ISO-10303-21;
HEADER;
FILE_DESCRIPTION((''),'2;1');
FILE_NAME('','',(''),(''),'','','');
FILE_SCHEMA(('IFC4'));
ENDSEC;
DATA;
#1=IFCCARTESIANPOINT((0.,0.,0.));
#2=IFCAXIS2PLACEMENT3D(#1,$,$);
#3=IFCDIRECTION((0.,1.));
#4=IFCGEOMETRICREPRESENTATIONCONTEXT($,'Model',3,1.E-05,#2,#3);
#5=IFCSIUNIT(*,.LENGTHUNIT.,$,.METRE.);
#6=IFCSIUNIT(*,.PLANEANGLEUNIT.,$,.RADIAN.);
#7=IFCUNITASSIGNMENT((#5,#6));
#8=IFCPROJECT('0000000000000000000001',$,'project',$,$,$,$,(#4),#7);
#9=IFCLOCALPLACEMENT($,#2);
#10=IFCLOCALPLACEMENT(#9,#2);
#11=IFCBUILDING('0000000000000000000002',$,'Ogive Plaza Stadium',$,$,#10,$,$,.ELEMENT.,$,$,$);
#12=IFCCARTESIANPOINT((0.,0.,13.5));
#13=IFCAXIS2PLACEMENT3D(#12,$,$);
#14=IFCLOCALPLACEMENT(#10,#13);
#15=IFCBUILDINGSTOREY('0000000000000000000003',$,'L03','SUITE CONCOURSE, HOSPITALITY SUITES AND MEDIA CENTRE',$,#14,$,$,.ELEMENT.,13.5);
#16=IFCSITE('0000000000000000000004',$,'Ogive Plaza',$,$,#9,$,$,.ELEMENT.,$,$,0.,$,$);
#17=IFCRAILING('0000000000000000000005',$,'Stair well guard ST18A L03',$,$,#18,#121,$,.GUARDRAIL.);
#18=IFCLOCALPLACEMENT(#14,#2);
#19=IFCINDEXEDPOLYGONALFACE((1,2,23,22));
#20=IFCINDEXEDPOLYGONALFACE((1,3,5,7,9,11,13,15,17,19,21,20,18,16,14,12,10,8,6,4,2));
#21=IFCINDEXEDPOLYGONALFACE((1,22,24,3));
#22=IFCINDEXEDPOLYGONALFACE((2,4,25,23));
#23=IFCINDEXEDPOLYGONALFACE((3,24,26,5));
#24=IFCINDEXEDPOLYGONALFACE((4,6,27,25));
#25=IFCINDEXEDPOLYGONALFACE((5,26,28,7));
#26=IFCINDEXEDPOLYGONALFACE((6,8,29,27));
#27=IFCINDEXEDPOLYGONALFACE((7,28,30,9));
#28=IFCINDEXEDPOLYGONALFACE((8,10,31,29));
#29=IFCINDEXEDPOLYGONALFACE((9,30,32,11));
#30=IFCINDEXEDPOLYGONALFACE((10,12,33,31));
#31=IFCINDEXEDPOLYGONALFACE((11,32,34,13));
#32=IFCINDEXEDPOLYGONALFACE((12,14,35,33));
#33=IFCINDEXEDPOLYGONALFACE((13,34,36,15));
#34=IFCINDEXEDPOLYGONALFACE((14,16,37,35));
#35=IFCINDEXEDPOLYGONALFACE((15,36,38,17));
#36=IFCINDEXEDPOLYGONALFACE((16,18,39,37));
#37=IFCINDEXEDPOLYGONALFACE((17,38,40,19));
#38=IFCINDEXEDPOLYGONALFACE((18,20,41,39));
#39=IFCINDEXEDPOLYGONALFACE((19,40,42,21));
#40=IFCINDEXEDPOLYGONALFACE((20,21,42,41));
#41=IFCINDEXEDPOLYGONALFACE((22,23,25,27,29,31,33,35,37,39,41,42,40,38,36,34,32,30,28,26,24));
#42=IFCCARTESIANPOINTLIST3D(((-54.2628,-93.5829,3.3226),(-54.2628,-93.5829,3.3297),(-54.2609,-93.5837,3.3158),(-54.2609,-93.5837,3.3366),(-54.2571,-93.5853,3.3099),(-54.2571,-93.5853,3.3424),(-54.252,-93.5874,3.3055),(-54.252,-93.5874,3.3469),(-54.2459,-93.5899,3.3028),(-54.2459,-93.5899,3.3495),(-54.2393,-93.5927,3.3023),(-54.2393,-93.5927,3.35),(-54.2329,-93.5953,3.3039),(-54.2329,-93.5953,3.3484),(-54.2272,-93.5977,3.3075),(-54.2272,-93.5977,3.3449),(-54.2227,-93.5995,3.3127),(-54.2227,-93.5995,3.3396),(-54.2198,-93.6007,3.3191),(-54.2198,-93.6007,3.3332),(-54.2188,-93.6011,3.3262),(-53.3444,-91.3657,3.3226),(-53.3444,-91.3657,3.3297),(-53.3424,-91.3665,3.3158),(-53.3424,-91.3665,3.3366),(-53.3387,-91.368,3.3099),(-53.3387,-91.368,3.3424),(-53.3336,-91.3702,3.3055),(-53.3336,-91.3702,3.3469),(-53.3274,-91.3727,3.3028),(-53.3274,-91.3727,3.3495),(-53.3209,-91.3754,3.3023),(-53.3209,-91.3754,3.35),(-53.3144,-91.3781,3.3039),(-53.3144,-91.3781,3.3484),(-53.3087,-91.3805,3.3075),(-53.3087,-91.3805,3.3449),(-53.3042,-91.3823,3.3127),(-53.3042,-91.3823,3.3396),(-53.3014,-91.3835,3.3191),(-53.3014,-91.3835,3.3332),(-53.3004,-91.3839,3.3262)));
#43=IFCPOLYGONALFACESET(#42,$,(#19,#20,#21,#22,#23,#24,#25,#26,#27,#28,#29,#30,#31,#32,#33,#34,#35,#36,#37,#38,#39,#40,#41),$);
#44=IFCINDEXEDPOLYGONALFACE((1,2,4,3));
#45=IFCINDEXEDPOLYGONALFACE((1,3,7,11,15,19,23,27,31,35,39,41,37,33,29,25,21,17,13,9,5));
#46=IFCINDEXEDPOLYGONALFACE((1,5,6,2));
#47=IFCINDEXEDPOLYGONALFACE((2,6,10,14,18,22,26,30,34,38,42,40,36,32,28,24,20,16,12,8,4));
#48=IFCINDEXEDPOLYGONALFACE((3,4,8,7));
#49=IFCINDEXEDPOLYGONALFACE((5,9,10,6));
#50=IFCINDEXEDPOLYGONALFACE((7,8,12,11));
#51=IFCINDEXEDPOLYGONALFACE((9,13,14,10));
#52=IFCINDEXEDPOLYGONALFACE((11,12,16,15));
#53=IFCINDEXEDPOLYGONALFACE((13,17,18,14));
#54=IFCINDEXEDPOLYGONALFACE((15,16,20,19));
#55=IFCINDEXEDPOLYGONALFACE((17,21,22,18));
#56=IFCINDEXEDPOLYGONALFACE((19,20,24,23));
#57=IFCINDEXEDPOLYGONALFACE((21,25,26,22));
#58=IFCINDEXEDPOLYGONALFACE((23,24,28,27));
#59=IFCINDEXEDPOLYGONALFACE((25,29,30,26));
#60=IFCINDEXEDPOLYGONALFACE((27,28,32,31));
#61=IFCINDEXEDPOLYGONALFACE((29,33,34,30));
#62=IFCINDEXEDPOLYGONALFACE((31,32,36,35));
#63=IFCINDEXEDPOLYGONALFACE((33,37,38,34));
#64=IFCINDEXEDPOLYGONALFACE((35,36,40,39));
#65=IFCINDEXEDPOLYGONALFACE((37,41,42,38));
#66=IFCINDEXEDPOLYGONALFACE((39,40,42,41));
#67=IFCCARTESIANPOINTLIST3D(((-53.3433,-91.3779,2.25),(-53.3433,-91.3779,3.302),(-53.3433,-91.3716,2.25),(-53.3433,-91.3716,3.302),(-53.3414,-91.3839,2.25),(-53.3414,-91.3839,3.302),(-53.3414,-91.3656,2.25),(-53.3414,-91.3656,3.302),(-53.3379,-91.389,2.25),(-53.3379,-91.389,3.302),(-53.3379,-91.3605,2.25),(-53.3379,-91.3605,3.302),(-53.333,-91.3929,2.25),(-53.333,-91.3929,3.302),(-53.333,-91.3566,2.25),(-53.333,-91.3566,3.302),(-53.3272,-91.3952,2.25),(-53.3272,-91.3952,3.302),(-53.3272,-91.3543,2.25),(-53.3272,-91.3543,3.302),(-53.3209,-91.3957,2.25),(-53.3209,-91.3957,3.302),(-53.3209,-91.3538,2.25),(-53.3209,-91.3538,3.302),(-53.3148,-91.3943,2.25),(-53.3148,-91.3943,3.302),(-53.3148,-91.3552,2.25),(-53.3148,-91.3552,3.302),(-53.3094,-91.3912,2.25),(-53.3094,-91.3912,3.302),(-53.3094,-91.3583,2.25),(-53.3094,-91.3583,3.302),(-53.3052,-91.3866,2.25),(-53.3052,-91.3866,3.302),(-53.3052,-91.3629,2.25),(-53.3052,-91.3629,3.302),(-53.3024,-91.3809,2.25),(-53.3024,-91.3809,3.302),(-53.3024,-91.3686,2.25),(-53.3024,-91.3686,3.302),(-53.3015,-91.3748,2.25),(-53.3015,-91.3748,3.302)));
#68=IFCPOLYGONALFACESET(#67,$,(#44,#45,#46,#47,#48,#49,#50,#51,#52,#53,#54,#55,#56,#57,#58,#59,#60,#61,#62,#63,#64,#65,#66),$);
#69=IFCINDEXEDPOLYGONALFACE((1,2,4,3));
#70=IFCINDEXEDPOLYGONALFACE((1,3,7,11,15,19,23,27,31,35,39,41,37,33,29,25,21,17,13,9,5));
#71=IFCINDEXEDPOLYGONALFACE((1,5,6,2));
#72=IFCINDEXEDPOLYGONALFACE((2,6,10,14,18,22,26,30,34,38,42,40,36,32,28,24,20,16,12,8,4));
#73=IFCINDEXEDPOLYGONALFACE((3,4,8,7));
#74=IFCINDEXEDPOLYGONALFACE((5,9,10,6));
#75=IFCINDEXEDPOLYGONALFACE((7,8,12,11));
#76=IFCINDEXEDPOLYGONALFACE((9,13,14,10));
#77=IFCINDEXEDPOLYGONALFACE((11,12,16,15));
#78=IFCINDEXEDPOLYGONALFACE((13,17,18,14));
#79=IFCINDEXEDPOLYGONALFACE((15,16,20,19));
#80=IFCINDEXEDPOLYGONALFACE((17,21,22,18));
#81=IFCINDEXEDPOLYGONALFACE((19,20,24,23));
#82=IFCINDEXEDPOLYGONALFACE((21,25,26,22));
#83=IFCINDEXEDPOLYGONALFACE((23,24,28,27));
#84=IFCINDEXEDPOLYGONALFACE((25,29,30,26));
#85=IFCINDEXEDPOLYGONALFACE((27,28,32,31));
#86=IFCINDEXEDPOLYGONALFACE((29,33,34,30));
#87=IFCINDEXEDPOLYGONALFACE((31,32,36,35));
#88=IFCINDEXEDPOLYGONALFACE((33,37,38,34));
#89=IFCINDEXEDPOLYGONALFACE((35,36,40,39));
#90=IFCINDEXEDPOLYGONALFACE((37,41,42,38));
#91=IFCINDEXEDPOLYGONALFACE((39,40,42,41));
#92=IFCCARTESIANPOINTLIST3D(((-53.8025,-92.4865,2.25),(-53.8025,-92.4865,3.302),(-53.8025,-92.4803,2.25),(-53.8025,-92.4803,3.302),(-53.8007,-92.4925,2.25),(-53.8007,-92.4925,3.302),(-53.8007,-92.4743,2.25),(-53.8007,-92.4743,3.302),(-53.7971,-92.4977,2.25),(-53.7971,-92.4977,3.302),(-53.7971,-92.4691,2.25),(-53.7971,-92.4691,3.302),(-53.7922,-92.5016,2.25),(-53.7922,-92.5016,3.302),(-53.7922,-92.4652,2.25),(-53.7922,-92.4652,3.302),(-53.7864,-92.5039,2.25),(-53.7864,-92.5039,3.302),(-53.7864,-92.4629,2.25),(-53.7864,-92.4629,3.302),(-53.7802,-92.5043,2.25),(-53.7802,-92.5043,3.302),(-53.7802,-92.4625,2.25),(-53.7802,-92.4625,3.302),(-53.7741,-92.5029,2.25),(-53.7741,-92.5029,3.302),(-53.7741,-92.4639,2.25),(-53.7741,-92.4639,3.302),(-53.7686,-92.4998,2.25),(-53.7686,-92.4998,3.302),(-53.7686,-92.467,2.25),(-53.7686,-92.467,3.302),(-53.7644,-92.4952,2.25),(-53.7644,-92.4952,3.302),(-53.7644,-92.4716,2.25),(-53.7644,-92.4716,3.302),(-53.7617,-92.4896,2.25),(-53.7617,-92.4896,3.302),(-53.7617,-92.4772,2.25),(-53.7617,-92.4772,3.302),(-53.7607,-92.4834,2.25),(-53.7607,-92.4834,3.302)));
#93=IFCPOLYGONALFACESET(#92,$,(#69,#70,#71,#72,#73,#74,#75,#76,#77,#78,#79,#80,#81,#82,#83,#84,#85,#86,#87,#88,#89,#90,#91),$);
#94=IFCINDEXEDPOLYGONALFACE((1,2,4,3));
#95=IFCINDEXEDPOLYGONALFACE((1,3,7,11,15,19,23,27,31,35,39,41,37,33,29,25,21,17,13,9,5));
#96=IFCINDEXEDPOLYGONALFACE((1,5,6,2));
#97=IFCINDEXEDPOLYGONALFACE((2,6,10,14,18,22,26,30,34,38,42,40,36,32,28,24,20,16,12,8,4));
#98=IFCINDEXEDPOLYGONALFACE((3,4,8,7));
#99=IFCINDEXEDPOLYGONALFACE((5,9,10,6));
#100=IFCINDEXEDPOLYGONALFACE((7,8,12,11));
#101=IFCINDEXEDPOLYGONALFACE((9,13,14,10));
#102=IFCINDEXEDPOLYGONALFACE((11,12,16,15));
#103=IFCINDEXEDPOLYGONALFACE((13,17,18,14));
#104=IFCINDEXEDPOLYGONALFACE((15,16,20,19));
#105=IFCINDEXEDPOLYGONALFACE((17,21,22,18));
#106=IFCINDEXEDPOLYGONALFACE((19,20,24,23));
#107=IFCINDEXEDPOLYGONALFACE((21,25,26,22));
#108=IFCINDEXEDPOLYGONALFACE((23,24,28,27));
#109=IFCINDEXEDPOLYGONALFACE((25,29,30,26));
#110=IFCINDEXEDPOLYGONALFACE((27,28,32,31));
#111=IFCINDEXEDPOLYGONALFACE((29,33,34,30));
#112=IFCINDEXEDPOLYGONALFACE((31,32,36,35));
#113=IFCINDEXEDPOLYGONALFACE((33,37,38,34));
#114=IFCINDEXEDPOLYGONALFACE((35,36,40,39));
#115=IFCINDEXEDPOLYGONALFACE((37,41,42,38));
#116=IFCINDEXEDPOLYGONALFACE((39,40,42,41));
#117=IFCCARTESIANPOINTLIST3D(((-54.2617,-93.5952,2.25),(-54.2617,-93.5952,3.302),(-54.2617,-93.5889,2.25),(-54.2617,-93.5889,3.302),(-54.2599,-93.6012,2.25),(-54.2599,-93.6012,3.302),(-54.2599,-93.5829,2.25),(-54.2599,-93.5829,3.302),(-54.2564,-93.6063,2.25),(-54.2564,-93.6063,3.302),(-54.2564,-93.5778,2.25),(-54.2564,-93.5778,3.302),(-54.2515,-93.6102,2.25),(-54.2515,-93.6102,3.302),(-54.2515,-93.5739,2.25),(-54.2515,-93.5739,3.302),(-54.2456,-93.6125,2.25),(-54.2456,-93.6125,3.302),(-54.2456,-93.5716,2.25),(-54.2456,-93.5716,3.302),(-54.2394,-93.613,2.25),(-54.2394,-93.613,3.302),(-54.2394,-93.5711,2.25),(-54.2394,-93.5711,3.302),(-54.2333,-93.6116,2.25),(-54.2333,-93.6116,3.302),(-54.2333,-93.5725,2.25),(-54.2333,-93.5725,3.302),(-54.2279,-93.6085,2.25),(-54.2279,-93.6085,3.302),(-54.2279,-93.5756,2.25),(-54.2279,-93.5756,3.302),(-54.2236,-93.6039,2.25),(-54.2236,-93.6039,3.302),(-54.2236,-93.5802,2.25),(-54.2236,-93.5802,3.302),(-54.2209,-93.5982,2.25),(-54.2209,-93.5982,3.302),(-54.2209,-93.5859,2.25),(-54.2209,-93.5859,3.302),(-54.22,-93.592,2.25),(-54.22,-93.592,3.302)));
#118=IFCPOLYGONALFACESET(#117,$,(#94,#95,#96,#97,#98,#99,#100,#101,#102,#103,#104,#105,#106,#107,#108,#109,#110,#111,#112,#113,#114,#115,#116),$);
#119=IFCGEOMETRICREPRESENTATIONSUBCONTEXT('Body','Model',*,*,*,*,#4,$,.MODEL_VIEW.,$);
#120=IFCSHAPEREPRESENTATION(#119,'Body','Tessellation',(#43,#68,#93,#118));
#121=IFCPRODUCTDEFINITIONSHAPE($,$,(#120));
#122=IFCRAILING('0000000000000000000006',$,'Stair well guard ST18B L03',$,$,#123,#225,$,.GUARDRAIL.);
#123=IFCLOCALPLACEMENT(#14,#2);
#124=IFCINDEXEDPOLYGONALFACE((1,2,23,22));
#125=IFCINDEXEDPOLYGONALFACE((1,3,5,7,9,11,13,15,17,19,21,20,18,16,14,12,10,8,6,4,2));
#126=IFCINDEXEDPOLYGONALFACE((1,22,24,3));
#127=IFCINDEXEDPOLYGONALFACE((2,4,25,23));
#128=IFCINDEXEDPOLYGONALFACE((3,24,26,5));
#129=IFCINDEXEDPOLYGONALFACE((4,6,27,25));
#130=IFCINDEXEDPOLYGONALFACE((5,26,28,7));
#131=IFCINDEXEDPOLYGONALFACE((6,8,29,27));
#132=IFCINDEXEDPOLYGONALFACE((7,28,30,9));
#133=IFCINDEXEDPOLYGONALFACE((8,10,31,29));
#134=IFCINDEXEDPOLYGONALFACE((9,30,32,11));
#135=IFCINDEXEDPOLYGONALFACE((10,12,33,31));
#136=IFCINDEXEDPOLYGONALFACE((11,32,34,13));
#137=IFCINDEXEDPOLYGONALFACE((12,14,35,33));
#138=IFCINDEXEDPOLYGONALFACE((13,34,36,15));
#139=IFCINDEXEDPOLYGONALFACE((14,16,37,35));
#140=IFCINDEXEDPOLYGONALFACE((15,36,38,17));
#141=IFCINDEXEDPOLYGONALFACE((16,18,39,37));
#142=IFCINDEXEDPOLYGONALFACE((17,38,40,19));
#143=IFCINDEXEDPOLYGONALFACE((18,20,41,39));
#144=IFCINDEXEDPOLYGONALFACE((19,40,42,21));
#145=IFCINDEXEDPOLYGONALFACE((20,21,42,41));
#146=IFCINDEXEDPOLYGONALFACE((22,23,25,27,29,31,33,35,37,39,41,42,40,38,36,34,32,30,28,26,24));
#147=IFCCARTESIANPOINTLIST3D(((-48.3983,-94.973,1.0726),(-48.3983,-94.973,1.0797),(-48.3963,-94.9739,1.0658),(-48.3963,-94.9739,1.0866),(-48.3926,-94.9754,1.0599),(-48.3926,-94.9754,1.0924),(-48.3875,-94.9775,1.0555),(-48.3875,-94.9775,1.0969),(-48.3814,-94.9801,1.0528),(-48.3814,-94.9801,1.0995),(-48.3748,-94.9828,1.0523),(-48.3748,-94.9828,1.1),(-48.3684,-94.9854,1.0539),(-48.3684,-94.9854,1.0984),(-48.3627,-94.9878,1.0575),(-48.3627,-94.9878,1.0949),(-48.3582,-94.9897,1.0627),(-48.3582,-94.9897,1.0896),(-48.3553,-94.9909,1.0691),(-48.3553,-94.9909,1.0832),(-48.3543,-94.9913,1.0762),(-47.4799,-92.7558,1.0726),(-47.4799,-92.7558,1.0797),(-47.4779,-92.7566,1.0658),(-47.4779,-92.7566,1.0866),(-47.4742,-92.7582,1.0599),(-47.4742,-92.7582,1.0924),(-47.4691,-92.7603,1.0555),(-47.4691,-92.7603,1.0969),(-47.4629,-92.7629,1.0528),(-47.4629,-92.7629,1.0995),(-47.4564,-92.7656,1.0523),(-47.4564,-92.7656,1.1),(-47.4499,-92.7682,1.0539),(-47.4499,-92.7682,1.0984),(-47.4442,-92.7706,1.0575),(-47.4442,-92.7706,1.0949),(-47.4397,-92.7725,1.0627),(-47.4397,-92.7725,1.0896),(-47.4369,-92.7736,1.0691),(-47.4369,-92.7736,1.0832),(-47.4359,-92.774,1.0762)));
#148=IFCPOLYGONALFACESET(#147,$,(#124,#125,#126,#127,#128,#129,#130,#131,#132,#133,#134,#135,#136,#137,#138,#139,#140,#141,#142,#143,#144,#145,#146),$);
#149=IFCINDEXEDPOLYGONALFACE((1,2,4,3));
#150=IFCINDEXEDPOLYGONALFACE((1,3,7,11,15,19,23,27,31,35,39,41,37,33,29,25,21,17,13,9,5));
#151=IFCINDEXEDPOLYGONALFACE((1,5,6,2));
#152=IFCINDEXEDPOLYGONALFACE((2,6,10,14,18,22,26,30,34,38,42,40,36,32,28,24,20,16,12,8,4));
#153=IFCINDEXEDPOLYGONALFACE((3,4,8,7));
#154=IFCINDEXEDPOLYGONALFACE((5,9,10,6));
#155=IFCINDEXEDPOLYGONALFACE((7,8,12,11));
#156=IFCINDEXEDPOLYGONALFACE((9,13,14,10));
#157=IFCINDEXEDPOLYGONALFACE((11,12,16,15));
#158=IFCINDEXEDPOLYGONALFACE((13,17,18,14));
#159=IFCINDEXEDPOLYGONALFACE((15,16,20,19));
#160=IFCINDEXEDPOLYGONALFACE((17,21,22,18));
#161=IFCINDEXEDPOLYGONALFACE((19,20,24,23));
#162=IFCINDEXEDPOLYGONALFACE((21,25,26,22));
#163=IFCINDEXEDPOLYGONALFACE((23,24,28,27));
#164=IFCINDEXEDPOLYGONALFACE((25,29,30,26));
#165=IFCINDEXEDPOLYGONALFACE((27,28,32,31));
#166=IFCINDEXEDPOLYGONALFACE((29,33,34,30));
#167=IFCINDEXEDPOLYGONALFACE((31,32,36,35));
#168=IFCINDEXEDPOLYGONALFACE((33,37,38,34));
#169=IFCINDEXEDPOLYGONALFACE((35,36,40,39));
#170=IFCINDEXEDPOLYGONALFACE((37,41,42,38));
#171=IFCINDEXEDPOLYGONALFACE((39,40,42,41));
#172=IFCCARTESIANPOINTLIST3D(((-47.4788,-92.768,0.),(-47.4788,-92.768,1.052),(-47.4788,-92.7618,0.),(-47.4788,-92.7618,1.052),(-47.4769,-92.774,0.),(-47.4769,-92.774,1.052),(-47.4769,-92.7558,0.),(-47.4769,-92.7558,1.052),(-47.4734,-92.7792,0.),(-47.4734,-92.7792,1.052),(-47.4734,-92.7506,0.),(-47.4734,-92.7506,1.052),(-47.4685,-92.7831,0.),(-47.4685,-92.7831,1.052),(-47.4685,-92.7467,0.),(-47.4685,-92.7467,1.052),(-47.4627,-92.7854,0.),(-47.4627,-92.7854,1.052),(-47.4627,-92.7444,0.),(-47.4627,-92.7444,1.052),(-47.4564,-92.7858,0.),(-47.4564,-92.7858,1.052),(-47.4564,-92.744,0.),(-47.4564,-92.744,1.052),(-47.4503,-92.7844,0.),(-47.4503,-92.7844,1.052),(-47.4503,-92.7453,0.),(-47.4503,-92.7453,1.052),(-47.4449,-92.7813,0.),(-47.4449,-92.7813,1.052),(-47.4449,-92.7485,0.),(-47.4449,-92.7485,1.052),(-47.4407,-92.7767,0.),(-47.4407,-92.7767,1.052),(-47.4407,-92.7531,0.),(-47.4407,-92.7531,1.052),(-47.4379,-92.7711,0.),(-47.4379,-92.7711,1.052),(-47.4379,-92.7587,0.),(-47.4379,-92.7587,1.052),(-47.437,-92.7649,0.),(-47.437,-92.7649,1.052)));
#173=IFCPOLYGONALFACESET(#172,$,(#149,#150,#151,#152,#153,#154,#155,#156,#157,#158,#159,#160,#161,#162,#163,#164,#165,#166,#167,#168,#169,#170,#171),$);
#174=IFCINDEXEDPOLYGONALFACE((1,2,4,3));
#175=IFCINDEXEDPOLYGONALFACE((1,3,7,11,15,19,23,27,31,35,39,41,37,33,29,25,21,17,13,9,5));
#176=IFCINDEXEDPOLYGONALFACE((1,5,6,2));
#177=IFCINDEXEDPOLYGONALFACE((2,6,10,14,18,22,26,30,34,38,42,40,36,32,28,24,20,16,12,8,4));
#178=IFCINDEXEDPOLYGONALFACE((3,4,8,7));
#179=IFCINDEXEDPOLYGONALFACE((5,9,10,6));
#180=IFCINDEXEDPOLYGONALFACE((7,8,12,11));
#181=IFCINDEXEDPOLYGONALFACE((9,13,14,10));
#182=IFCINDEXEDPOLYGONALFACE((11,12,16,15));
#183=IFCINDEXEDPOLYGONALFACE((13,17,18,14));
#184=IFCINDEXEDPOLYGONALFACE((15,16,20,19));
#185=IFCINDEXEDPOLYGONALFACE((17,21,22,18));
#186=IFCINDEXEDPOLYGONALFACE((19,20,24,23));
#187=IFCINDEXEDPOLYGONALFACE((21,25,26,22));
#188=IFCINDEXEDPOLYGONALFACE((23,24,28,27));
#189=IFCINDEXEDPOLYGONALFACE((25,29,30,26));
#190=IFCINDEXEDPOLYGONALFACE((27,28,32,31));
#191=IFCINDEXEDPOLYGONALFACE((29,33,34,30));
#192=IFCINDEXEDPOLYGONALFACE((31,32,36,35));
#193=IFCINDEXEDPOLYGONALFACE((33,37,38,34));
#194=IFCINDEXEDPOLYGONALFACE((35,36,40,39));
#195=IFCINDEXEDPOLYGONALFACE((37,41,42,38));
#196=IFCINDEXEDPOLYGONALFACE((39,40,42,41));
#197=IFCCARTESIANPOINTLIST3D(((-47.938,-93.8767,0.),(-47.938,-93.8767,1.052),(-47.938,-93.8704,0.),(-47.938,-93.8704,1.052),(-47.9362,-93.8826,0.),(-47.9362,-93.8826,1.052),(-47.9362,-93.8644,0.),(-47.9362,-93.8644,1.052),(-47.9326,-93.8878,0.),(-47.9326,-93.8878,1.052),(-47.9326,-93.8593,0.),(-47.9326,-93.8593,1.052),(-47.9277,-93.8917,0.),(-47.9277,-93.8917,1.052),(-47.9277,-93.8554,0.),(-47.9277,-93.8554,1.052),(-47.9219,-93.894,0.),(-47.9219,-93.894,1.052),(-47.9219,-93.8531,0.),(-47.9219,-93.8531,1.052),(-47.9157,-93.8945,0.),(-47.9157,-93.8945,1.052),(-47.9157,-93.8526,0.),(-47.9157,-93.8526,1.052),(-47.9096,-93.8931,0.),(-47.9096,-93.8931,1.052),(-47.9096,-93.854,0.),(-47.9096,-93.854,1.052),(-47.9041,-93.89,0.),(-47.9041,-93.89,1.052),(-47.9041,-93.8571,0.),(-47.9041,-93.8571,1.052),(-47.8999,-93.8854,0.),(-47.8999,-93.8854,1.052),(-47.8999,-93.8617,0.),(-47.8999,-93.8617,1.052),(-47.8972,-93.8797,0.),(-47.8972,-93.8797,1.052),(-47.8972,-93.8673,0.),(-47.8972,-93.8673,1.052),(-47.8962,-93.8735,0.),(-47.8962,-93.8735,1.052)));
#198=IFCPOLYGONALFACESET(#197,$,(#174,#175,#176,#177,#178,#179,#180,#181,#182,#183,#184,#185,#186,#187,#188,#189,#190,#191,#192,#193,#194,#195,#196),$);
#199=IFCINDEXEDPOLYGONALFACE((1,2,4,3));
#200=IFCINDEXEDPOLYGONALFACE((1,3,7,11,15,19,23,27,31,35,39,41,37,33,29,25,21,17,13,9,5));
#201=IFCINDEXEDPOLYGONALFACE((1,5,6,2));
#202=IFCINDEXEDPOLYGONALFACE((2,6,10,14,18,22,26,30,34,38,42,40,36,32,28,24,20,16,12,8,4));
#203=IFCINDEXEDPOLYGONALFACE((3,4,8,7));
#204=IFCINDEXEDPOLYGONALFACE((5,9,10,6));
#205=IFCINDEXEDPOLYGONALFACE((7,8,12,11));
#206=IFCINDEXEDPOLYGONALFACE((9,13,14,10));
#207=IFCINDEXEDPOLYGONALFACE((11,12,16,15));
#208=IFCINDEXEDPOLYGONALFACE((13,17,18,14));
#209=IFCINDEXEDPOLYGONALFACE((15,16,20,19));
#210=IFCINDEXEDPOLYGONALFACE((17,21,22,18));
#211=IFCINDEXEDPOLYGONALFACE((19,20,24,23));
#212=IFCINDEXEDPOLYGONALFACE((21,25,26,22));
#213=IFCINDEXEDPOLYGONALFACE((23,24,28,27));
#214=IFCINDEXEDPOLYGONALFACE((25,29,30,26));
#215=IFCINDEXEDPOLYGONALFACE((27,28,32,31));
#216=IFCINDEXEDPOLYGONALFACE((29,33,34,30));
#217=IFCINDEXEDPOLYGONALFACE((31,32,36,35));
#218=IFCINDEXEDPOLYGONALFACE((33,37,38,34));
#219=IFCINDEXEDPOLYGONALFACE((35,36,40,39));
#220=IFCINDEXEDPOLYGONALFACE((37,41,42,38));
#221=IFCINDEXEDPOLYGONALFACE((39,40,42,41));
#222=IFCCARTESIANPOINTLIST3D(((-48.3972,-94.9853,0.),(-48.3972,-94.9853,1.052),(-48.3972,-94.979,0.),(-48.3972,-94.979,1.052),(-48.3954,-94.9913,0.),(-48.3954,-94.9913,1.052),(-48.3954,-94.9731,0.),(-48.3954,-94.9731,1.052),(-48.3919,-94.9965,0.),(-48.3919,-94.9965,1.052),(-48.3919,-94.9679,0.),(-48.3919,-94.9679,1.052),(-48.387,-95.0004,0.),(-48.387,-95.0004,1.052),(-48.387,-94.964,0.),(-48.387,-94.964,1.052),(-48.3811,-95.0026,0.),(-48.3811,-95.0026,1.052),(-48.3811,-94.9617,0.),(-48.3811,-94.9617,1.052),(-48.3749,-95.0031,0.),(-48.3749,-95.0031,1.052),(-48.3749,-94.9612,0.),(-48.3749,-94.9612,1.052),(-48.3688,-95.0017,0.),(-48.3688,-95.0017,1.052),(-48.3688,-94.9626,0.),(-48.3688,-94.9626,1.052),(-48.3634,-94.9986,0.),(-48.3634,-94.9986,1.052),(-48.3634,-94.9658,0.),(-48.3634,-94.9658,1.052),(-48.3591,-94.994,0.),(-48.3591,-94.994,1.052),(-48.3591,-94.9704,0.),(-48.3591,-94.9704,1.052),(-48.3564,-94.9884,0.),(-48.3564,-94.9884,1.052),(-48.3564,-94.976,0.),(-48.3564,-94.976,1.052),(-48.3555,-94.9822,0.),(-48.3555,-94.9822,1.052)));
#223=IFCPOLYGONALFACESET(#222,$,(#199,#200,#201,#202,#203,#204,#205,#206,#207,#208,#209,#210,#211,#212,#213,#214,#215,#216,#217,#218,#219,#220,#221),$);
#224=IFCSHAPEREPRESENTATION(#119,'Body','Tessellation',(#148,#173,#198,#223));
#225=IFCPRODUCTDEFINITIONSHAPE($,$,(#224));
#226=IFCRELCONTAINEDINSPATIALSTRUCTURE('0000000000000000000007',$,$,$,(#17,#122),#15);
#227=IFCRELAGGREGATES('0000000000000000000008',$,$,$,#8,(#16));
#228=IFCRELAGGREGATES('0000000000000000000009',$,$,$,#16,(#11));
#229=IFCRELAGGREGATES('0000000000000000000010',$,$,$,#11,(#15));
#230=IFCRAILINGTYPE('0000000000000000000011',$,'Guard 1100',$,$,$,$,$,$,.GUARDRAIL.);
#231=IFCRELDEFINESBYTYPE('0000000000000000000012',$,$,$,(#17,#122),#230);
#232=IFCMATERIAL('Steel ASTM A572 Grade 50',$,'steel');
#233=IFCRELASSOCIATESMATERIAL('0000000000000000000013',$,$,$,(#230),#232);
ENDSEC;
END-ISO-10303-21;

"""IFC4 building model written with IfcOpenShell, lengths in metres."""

from ifc_helpers import new_model, si_unit, direction, frame, origin, origin_2d, place, context, subcontext, project, spatial, circle, extrude, material, type_object, element, save


model = new_model("IFC4")

# Units and contexts
model_context = context("Model", 3, precision=1e-05, world=origin(), true_north=direction((0.0, 1.0)))
body_context = subcontext(model_context, "Body", "Model", "MODEL_VIEW")
ifc_project = project(units=[si_unit("LENGTHUNIT", "METRE"), si_unit("PLANEANGLEUNIT", "RADIAN")], contexts=[model_context])

# Site, building, storey
site_placement = place(None, origin())
site = spatial("IfcSite", under=ifc_project, at=site_placement, Name="Ogive Plaza", CompositionType="ELEMENT", RefElevation=0.0)
building_placement = place(site_placement, origin())
building = spatial("IfcBuilding", under=site, at=building_placement, Name="Ogive Plaza Stadium", CompositionType="ELEMENT")
storey_placement = place(building_placement, frame((0.0, 0.0, 13.5)))
storey = spatial("IfcBuildingStorey", under=building, at=storey_placement, Name="L03", Description="SUITE CONCOURSE, HOSPITALITY SUITES AND MEDIA CENTRE", CompositionType="ELEMENT", Elevation=13.5)

# Railings
ifc_material_1 = material(Name="Steel ASTM A572 Grade 50", Category="steel")
railing_type_1 = type_object("IfcRailingType", Name="Guard 1100", PredefinedType="GUARDRAIL", material=ifc_material_1)
for number, where, name in (
    (1, (-53.3225, -91.3748, 2.25), "Stair well guard ST18A L03"),
    (2, (-47.458, -92.7649, 0.0), "Stair well guard ST18B L03"),
):
    element("IfcRailing", number, at=place(storey_placement, frame(where)), inside=storey, type_object=railing_type_1, Name=name, PredefinedType="GUARDRAIL", context=body_context, shape_type="SweptSolid", body=[
        extrude(circle(Radius=0.0239, at=origin_2d()), frame((0.0, 0.0, 1.0762), z_axis=(-0.382693, -0.923875, 0.0), x_axis=(0.923875, -0.382693, 0.0)), (0.0, 0.0, 1.0), 2.3999),
        extrude(circle(Radius=0.021, at=origin_2d()), origin(), (0.0, 0.0, 1.0), 1.052),
        extrude(circle(Radius=0.021, at=origin_2d()), frame((-0.4592, -1.1086, 0.0)), (0.0, 0.0, 1.0), 1.052),
        extrude(circle(Radius=0.021, at=origin_2d()), frame((-0.9185, -2.2173, 0.0)), (0.0, 0.0, 1.0), 1.052),
    ])

save(model, "model.ifc")
